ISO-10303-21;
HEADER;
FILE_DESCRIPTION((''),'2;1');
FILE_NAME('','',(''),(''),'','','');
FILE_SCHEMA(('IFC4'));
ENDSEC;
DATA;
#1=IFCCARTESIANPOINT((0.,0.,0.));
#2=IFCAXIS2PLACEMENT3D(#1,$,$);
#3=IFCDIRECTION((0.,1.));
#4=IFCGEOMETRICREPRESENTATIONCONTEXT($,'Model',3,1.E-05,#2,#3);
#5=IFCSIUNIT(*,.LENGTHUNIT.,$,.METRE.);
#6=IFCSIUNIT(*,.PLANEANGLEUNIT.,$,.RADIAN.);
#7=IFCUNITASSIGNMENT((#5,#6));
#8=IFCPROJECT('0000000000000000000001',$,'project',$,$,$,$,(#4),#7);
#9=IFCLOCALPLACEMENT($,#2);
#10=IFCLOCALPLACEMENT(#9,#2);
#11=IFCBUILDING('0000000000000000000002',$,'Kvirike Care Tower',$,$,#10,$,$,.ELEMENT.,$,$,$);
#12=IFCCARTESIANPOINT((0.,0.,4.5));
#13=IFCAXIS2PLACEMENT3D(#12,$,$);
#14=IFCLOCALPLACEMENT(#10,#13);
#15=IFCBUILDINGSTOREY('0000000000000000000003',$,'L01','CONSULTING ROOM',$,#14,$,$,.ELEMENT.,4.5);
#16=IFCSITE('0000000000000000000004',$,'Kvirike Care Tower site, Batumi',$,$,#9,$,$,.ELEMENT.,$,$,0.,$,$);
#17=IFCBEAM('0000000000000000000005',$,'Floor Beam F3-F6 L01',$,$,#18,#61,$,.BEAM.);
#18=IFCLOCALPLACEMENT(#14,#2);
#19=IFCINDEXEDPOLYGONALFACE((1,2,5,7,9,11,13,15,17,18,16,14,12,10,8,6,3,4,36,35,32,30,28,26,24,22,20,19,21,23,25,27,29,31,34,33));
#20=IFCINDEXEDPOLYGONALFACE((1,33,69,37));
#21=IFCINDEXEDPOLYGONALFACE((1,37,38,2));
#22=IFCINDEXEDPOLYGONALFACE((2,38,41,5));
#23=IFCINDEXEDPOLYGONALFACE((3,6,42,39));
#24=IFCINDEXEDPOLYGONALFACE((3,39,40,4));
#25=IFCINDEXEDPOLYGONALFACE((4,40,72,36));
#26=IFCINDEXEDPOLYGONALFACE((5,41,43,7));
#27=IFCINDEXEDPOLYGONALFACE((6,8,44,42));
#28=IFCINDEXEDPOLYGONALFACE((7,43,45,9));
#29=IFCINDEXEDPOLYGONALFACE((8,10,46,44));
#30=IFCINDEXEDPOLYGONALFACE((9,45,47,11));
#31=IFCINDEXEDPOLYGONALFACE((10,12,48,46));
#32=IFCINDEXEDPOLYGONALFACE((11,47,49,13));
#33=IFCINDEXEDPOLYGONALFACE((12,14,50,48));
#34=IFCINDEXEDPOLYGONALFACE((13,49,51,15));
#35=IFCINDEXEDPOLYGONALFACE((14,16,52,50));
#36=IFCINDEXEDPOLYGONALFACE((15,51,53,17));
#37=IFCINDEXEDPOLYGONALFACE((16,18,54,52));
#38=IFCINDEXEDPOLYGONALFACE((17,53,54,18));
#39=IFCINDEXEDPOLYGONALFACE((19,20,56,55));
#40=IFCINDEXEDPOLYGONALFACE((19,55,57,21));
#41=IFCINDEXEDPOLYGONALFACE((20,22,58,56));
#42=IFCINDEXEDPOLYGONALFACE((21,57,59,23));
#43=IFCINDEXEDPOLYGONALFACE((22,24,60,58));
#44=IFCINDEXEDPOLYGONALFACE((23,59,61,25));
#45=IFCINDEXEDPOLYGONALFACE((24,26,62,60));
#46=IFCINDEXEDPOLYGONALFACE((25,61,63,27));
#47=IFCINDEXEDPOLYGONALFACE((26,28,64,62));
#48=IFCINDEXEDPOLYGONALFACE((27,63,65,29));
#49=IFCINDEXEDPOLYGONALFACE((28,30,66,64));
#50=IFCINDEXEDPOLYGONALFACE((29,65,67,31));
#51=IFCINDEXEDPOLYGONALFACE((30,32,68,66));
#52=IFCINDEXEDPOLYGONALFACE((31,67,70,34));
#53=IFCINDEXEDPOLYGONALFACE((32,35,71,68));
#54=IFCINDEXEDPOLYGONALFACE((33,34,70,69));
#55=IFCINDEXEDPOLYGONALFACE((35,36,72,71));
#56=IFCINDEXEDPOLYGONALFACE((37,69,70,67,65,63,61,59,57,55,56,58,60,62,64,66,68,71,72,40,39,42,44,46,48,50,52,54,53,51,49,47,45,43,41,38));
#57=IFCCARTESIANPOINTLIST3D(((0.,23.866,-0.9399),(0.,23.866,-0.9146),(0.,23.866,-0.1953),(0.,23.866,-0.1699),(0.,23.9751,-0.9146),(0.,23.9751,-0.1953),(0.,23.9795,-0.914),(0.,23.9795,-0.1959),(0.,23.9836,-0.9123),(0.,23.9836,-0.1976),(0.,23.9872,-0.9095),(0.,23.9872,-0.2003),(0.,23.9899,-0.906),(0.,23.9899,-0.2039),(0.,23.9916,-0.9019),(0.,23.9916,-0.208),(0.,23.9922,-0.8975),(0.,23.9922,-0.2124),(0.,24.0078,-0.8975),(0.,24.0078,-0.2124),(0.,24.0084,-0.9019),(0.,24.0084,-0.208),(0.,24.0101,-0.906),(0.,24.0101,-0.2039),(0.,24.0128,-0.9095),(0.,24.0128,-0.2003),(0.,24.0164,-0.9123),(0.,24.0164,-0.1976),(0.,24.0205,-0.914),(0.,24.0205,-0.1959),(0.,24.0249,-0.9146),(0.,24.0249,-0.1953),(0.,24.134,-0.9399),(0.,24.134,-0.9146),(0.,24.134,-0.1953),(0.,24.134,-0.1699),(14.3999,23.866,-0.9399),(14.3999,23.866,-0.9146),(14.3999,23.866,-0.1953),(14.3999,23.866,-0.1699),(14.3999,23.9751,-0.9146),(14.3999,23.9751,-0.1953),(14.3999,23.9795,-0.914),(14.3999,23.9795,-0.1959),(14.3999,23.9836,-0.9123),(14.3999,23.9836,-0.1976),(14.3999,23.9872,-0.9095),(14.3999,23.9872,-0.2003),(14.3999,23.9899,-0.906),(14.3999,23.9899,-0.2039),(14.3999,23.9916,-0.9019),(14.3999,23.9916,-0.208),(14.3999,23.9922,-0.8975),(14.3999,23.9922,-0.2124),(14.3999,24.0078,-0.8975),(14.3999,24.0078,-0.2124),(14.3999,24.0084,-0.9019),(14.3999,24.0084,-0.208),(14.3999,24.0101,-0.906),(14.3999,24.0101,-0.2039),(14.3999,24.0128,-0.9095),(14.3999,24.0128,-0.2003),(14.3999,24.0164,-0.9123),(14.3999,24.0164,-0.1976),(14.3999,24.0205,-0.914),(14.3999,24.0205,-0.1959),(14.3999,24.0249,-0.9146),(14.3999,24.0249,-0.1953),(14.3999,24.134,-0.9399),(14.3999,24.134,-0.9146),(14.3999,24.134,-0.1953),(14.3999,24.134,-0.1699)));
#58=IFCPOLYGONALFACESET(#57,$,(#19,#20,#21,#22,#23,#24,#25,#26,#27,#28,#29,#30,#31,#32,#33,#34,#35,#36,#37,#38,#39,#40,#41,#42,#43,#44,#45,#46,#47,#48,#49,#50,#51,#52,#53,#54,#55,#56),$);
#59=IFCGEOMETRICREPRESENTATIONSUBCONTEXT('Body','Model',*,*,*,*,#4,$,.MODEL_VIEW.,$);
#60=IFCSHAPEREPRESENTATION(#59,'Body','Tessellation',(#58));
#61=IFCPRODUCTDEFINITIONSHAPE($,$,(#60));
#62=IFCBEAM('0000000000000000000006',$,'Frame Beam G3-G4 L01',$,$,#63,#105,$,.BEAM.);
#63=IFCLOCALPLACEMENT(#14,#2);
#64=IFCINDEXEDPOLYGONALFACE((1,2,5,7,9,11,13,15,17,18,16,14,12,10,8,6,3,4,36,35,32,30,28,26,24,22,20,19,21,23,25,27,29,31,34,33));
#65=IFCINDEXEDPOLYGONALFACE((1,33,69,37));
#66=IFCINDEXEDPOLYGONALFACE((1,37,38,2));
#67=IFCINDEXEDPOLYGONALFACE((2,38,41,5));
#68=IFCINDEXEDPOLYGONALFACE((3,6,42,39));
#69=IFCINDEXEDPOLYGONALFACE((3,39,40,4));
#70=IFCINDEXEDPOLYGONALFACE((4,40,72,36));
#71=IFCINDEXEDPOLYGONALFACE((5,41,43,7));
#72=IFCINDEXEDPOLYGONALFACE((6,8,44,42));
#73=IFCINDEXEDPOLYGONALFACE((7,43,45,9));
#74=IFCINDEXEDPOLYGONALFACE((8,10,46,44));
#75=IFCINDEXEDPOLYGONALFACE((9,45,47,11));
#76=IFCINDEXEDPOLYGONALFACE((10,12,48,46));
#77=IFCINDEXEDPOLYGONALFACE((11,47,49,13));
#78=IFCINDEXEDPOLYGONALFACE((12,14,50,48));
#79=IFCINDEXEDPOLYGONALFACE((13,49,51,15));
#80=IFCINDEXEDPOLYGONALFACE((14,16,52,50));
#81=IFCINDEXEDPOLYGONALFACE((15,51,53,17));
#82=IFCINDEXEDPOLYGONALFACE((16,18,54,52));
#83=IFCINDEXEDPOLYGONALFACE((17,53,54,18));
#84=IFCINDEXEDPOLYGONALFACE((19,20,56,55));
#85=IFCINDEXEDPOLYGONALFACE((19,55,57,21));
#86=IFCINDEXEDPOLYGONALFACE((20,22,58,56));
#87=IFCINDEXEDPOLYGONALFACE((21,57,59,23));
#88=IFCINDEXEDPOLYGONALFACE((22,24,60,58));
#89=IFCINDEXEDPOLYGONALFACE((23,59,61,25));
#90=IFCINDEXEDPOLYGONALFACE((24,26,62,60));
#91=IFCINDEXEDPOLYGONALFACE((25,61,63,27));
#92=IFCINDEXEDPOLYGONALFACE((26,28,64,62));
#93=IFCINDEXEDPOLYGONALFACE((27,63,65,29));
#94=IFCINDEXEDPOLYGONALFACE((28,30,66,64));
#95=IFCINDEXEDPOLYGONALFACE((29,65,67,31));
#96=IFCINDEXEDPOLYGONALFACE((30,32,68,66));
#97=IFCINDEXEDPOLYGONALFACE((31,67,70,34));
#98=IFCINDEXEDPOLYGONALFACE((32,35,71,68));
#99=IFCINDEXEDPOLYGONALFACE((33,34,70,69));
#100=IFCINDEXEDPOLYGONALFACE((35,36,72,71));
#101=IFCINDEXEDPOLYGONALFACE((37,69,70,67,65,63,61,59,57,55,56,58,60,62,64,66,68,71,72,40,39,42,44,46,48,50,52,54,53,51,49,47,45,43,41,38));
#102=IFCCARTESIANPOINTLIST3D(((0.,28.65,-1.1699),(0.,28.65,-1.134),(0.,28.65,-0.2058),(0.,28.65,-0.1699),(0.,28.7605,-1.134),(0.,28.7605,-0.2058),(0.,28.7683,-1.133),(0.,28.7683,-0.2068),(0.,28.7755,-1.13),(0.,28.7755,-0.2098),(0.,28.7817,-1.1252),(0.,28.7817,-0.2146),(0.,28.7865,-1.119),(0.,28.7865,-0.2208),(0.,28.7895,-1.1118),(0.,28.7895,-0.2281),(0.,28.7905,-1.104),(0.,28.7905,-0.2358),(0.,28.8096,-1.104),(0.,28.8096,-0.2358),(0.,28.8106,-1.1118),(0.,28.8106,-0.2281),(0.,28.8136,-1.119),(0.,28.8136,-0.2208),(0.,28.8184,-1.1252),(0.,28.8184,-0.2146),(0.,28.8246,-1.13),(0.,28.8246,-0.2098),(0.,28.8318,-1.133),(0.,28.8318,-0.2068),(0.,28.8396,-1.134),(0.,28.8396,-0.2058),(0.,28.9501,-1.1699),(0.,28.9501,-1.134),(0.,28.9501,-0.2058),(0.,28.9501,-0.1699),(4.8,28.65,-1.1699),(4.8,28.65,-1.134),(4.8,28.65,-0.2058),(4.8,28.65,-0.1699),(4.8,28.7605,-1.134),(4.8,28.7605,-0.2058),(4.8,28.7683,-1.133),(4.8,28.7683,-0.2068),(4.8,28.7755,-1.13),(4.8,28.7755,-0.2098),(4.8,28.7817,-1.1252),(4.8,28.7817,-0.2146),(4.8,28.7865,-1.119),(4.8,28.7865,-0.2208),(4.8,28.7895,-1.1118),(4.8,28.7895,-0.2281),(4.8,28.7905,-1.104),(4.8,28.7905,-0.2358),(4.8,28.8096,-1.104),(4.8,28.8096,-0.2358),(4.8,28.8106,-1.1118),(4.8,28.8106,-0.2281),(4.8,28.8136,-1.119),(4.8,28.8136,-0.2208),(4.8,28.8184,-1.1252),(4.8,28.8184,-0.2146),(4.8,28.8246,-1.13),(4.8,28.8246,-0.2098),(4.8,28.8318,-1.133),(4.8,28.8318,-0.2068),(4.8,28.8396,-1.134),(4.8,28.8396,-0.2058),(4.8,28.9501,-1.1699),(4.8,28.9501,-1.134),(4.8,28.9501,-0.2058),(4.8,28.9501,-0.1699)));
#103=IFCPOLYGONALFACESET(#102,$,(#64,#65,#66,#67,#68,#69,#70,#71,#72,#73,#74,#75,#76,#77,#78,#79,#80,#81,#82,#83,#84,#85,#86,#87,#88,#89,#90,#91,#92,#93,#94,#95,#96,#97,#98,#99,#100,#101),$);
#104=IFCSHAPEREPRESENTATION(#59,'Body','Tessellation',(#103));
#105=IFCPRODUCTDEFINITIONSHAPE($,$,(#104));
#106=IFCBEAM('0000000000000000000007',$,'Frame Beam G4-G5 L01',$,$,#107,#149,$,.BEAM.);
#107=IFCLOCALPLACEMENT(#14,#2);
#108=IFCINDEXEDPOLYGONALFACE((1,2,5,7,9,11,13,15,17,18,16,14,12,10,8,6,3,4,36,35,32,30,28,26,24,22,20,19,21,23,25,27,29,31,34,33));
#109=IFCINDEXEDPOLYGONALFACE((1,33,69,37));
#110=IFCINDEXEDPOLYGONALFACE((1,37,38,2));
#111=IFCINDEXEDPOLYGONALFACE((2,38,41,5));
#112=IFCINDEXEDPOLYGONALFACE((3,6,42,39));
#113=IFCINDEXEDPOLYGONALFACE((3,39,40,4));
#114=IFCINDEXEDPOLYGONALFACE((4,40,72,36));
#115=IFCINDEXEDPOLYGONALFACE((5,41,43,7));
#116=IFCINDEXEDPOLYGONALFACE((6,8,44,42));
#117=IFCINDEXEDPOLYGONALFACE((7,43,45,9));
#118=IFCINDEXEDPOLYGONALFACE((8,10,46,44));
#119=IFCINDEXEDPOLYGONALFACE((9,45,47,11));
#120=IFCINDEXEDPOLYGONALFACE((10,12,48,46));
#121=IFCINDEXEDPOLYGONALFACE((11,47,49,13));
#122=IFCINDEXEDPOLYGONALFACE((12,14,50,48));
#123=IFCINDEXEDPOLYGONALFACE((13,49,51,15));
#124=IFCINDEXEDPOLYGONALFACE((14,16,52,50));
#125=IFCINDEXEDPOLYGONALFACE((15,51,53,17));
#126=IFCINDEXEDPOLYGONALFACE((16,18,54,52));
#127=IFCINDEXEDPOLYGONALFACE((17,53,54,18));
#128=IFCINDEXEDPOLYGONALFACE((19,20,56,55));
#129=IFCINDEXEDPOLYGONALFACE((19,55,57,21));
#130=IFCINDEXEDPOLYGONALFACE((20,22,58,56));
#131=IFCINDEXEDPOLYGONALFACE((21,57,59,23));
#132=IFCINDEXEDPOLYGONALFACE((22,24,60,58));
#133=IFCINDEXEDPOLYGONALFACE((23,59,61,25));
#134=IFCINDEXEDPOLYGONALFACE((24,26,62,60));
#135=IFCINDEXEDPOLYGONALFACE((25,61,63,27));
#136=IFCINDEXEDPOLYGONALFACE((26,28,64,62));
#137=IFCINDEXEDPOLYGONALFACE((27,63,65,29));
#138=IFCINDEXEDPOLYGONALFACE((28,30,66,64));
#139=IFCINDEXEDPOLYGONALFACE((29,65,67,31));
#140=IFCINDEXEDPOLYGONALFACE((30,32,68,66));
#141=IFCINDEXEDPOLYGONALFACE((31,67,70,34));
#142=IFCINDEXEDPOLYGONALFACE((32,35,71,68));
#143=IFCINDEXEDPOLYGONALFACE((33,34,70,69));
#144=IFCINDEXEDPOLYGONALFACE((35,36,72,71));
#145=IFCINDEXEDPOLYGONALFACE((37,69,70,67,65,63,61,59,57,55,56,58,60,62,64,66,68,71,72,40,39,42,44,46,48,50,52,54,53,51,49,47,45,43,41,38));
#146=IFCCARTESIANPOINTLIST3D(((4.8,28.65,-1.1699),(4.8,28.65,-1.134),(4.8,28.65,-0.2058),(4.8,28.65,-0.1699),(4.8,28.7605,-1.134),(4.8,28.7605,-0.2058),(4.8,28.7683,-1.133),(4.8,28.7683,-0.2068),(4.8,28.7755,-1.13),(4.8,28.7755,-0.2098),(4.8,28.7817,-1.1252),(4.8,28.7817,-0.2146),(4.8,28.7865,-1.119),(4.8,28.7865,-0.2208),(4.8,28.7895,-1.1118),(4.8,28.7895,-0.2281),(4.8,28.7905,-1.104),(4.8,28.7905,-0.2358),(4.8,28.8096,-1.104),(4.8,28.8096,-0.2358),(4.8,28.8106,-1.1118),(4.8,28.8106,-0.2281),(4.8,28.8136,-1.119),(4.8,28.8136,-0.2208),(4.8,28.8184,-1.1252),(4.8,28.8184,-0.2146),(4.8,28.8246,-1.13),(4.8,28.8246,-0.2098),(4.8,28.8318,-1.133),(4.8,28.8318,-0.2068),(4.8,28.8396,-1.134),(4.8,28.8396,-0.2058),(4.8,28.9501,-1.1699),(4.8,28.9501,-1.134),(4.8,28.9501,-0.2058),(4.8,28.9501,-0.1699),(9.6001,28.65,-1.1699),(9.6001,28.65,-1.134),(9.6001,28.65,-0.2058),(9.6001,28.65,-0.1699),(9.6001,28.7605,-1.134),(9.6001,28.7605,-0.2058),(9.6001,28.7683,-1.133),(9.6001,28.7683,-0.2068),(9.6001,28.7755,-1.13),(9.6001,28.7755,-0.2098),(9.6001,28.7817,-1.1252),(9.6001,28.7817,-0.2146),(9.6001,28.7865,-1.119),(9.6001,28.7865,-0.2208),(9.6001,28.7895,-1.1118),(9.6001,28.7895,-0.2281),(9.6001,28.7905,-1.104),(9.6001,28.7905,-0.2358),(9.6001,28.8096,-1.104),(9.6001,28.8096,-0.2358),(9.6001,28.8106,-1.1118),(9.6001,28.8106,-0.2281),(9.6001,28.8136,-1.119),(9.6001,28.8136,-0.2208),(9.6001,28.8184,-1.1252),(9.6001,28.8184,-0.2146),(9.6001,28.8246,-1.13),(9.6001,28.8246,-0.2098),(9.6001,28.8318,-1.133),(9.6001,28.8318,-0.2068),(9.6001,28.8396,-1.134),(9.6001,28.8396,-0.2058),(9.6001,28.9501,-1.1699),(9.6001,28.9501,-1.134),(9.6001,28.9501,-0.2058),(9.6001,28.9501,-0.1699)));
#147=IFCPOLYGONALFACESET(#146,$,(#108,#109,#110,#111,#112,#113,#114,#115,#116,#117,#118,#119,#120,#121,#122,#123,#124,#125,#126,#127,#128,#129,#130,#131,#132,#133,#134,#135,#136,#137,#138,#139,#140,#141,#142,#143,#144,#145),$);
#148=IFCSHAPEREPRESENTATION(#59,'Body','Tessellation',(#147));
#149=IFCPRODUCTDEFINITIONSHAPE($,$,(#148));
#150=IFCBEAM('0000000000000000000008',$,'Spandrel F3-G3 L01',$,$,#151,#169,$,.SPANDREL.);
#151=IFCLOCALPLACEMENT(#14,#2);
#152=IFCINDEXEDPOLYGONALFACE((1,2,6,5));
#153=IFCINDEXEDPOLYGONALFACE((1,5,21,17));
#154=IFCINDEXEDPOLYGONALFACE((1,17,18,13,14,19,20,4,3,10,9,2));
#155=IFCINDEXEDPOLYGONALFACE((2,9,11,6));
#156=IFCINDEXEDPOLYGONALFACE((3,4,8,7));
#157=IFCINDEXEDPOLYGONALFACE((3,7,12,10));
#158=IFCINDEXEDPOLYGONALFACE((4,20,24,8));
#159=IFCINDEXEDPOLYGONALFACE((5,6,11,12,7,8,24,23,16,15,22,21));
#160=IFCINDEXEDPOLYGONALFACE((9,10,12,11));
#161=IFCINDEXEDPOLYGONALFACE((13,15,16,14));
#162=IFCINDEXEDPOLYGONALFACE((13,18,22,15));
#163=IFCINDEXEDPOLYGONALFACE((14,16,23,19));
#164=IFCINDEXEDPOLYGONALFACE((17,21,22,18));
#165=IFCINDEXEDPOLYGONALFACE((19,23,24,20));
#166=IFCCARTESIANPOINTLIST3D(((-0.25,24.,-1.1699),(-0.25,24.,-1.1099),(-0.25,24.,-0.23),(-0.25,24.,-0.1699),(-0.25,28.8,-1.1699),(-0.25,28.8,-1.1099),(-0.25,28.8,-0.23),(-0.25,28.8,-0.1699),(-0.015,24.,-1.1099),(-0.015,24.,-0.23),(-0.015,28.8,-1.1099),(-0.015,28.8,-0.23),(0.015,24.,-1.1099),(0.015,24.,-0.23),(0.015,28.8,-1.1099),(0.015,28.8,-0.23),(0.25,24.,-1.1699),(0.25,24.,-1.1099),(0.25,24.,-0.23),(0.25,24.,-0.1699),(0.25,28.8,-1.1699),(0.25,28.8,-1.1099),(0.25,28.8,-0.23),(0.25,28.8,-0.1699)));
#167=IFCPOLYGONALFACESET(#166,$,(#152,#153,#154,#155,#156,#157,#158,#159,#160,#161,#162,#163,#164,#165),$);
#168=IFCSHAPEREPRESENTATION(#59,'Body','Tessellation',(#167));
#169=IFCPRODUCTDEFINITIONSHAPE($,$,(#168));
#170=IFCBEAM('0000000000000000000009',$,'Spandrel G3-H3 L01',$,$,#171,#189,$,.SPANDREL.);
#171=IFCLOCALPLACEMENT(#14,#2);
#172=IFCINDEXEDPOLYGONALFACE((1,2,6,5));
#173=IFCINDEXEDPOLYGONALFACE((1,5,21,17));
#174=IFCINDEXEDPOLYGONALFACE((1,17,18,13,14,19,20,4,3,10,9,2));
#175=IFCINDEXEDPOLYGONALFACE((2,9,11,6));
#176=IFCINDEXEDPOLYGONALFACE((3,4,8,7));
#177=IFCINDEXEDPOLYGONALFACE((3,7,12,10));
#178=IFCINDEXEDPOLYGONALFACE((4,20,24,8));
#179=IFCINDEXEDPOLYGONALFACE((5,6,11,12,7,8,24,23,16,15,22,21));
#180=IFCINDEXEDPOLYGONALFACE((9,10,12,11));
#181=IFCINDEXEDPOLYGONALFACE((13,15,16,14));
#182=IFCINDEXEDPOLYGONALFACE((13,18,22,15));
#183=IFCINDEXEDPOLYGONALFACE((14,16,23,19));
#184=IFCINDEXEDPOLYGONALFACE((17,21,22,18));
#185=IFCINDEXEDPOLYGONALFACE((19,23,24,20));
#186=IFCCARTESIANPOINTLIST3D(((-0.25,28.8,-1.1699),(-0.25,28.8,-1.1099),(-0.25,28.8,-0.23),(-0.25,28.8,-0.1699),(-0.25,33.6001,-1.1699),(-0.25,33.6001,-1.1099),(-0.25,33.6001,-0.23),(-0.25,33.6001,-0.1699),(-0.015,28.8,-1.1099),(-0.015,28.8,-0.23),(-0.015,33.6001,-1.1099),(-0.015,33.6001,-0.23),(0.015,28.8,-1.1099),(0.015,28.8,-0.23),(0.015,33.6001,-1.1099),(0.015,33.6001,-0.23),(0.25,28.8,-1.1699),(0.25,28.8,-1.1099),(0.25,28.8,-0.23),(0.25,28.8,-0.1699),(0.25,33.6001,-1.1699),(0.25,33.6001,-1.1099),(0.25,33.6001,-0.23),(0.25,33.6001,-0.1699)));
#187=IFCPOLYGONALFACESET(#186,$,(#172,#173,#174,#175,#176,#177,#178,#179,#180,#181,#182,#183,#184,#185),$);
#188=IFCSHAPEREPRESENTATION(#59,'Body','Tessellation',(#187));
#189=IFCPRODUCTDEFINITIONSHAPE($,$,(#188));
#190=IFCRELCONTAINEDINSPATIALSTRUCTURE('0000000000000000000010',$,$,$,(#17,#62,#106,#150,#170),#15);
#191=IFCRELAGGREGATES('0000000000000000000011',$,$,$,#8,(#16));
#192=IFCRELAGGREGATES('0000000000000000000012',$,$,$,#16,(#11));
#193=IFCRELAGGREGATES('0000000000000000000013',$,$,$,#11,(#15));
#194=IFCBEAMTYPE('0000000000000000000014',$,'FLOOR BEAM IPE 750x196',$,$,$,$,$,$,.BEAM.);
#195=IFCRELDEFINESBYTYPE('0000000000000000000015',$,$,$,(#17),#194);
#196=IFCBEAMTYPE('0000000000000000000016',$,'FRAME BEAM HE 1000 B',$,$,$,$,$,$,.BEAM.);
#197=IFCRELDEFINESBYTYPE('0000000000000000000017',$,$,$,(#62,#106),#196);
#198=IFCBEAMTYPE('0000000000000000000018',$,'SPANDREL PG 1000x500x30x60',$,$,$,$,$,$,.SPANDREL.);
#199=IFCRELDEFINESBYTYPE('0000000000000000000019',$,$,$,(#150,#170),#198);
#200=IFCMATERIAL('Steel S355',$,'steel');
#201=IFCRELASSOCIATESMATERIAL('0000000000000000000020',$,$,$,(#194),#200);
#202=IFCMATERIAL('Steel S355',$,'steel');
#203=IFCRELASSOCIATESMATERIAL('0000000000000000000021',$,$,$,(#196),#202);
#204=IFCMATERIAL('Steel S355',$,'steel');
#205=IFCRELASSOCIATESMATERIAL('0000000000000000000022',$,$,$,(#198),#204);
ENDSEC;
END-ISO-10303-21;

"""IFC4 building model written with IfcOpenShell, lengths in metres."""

from ifc_helpers import new_model, si_unit, direction, frame, origin, origin_2d, place, context, subcontext, project, spatial, i_section, extrude, material, material_profile, profile_set, type_object, element, save


model = new_model("IFC4")

# Units and contexts
model_context = context("Model", 3, precision=1e-05, world=origin(), true_north=direction((0.0, 1.0)))
body_context = subcontext(model_context, "Body", "Model", "MODEL_VIEW")
ifc_project = project(units=[si_unit("LENGTHUNIT", "METRE"), si_unit("PLANEANGLEUNIT", "RADIAN")], contexts=[model_context])

# Site, building, storey
site_placement = place(None, origin())
site = spatial("IfcSite", under=ifc_project, at=site_placement, Name="Kvirike Care Tower site, Batumi", CompositionType="ELEMENT", RefElevation=0.0)
building_placement = place(site_placement, origin())
building = spatial("IfcBuilding", under=site, at=building_placement, Name="Kvirike Care Tower", CompositionType="ELEMENT")
storey_placement = place(building_placement, frame((0.0, 0.0, 4.5)))
storey = spatial("IfcBuildingStorey", under=building, at=storey_placement, Name="L01", Description="CONSULTING ROOM", CompositionType="ELEMENT", Elevation=4.5)

# Beams
ifc_material_1 = material(Name="Steel S355", Category="steel")
ifc_material_profile_1 = material_profile(ifc_material_1, i_section(OverallWidth=0.2681, OverallDepth=0.77, WebThickness=0.0156, FlangeThickness=0.0254, FilletRadius=0.0171, at=origin_2d()), Name="IPE 750x196")
ifc_profile_set_1 = profile_set([ifc_material_profile_1], Name="Steel S355")
beam_type_1 = type_object("IfcBeamType", Name="FLOOR BEAM IPE 750x196", PredefinedType="BEAM", material=ifc_profile_set_1)
beam_placement = place(storey_placement, frame((0.0, 24.0, -0.5549), z_axis=(1.0, 0.0, 0.0), x_axis=(0.0, 1.0, 0.0)))
element("IfcBeam", 1, at=beam_placement, inside=storey, type_object=beam_type_1, Name="Floor Beam F3-F6 L01", PredefinedType="BEAM", context=body_context, shape_type="SweptSolid", body=[
    extrude(i_section(OverallWidth=0.2681, OverallDepth=0.77, WebThickness=0.0156, FlangeThickness=0.0254, FilletRadius=0.0171, at=origin_2d()), origin(), (0.0, 0.0, 1.0), 14.3999),
])
ifc_material_2 = material(Name="Steel S355", Category="steel")
ifc_material_profile_2 = material_profile(ifc_material_2, i_section(OverallWidth=0.3, OverallDepth=1.0, WebThickness=0.019, FlangeThickness=0.0359, FilletRadius=0.03, at=origin_2d()), Name="HE 1000 B")
ifc_profile_set_2 = profile_set([ifc_material_profile_2], Name="Steel S355")
beam_type_2 = type_object("IfcBeamType", Name="FRAME BEAM HE 1000 B", PredefinedType="BEAM", material=ifc_profile_set_2)
for number, where, z_axis, x_axis, name in (
    (2, (0.0, 28.8, -0.6699), (1.0, 0.0, 0.0), (0.0, 1.0, 0.0), "Frame Beam G3-G4 L01"),
    (3, (4.8, 28.8, -0.6699), (1.0, 0.0, 0.0), (0.0, 1.0, 0.0), "Frame Beam G4-G5 L01"),
):
    element("IfcBeam", number, at=place(storey_placement, frame(where, z_axis=z_axis, x_axis=x_axis)), inside=storey, type_object=beam_type_2, Name=name, PredefinedType="BEAM", context=body_context, shape_type="SweptSolid", body=[
        extrude(i_section(OverallWidth=0.3, OverallDepth=1.0, WebThickness=0.019, FlangeThickness=0.0359, FilletRadius=0.03, at=origin_2d()), origin(), (0.0, 0.0, 1.0), 4.8),
    ])
ifc_material_3 = material(Name="Steel S355", Category="steel")
ifc_material_profile_3 = material_profile(ifc_material_3, i_section(OverallWidth=0.5, OverallDepth=1.0, WebThickness=0.03, FlangeThickness=0.0601, at=origin_2d()), Name="PG 1000x500x30x60")
ifc_profile_set_3 = profile_set([ifc_material_profile_3], Name="Steel S355")
beam_type_3 = type_object("IfcBeamType", Name="SPANDREL PG 1000x500x30x60", PredefinedType="SPANDREL", material=ifc_profile_set_3)
for number, where, z_axis, x_axis, name in (
    (4, (0.0, 24.0, -0.6699), (0.0, 1.0, 0.0), (-1.0, 0.0, 0.0), "Spandrel F3-G3 L01"),
    (5, (0.0, 28.8, -0.6699), (0.0, 1.0, 0.0), (-1.0, 0.0, 0.0), "Spandrel G3-H3 L01"),
):
    element("IfcBeam", number, at=place(storey_placement, frame(where, z_axis=z_axis, x_axis=x_axis)), inside=storey, type_object=beam_type_3, Name=name, PredefinedType="SPANDREL", context=body_context, shape_type="SweptSolid", body=[
        extrude(i_section(OverallWidth=0.5, OverallDepth=1.0, WebThickness=0.03, FlangeThickness=0.0601, at=origin_2d()), origin(), (0.0, 0.0, 1.0), 4.8),
    ])

save(model, "model.ifc")
